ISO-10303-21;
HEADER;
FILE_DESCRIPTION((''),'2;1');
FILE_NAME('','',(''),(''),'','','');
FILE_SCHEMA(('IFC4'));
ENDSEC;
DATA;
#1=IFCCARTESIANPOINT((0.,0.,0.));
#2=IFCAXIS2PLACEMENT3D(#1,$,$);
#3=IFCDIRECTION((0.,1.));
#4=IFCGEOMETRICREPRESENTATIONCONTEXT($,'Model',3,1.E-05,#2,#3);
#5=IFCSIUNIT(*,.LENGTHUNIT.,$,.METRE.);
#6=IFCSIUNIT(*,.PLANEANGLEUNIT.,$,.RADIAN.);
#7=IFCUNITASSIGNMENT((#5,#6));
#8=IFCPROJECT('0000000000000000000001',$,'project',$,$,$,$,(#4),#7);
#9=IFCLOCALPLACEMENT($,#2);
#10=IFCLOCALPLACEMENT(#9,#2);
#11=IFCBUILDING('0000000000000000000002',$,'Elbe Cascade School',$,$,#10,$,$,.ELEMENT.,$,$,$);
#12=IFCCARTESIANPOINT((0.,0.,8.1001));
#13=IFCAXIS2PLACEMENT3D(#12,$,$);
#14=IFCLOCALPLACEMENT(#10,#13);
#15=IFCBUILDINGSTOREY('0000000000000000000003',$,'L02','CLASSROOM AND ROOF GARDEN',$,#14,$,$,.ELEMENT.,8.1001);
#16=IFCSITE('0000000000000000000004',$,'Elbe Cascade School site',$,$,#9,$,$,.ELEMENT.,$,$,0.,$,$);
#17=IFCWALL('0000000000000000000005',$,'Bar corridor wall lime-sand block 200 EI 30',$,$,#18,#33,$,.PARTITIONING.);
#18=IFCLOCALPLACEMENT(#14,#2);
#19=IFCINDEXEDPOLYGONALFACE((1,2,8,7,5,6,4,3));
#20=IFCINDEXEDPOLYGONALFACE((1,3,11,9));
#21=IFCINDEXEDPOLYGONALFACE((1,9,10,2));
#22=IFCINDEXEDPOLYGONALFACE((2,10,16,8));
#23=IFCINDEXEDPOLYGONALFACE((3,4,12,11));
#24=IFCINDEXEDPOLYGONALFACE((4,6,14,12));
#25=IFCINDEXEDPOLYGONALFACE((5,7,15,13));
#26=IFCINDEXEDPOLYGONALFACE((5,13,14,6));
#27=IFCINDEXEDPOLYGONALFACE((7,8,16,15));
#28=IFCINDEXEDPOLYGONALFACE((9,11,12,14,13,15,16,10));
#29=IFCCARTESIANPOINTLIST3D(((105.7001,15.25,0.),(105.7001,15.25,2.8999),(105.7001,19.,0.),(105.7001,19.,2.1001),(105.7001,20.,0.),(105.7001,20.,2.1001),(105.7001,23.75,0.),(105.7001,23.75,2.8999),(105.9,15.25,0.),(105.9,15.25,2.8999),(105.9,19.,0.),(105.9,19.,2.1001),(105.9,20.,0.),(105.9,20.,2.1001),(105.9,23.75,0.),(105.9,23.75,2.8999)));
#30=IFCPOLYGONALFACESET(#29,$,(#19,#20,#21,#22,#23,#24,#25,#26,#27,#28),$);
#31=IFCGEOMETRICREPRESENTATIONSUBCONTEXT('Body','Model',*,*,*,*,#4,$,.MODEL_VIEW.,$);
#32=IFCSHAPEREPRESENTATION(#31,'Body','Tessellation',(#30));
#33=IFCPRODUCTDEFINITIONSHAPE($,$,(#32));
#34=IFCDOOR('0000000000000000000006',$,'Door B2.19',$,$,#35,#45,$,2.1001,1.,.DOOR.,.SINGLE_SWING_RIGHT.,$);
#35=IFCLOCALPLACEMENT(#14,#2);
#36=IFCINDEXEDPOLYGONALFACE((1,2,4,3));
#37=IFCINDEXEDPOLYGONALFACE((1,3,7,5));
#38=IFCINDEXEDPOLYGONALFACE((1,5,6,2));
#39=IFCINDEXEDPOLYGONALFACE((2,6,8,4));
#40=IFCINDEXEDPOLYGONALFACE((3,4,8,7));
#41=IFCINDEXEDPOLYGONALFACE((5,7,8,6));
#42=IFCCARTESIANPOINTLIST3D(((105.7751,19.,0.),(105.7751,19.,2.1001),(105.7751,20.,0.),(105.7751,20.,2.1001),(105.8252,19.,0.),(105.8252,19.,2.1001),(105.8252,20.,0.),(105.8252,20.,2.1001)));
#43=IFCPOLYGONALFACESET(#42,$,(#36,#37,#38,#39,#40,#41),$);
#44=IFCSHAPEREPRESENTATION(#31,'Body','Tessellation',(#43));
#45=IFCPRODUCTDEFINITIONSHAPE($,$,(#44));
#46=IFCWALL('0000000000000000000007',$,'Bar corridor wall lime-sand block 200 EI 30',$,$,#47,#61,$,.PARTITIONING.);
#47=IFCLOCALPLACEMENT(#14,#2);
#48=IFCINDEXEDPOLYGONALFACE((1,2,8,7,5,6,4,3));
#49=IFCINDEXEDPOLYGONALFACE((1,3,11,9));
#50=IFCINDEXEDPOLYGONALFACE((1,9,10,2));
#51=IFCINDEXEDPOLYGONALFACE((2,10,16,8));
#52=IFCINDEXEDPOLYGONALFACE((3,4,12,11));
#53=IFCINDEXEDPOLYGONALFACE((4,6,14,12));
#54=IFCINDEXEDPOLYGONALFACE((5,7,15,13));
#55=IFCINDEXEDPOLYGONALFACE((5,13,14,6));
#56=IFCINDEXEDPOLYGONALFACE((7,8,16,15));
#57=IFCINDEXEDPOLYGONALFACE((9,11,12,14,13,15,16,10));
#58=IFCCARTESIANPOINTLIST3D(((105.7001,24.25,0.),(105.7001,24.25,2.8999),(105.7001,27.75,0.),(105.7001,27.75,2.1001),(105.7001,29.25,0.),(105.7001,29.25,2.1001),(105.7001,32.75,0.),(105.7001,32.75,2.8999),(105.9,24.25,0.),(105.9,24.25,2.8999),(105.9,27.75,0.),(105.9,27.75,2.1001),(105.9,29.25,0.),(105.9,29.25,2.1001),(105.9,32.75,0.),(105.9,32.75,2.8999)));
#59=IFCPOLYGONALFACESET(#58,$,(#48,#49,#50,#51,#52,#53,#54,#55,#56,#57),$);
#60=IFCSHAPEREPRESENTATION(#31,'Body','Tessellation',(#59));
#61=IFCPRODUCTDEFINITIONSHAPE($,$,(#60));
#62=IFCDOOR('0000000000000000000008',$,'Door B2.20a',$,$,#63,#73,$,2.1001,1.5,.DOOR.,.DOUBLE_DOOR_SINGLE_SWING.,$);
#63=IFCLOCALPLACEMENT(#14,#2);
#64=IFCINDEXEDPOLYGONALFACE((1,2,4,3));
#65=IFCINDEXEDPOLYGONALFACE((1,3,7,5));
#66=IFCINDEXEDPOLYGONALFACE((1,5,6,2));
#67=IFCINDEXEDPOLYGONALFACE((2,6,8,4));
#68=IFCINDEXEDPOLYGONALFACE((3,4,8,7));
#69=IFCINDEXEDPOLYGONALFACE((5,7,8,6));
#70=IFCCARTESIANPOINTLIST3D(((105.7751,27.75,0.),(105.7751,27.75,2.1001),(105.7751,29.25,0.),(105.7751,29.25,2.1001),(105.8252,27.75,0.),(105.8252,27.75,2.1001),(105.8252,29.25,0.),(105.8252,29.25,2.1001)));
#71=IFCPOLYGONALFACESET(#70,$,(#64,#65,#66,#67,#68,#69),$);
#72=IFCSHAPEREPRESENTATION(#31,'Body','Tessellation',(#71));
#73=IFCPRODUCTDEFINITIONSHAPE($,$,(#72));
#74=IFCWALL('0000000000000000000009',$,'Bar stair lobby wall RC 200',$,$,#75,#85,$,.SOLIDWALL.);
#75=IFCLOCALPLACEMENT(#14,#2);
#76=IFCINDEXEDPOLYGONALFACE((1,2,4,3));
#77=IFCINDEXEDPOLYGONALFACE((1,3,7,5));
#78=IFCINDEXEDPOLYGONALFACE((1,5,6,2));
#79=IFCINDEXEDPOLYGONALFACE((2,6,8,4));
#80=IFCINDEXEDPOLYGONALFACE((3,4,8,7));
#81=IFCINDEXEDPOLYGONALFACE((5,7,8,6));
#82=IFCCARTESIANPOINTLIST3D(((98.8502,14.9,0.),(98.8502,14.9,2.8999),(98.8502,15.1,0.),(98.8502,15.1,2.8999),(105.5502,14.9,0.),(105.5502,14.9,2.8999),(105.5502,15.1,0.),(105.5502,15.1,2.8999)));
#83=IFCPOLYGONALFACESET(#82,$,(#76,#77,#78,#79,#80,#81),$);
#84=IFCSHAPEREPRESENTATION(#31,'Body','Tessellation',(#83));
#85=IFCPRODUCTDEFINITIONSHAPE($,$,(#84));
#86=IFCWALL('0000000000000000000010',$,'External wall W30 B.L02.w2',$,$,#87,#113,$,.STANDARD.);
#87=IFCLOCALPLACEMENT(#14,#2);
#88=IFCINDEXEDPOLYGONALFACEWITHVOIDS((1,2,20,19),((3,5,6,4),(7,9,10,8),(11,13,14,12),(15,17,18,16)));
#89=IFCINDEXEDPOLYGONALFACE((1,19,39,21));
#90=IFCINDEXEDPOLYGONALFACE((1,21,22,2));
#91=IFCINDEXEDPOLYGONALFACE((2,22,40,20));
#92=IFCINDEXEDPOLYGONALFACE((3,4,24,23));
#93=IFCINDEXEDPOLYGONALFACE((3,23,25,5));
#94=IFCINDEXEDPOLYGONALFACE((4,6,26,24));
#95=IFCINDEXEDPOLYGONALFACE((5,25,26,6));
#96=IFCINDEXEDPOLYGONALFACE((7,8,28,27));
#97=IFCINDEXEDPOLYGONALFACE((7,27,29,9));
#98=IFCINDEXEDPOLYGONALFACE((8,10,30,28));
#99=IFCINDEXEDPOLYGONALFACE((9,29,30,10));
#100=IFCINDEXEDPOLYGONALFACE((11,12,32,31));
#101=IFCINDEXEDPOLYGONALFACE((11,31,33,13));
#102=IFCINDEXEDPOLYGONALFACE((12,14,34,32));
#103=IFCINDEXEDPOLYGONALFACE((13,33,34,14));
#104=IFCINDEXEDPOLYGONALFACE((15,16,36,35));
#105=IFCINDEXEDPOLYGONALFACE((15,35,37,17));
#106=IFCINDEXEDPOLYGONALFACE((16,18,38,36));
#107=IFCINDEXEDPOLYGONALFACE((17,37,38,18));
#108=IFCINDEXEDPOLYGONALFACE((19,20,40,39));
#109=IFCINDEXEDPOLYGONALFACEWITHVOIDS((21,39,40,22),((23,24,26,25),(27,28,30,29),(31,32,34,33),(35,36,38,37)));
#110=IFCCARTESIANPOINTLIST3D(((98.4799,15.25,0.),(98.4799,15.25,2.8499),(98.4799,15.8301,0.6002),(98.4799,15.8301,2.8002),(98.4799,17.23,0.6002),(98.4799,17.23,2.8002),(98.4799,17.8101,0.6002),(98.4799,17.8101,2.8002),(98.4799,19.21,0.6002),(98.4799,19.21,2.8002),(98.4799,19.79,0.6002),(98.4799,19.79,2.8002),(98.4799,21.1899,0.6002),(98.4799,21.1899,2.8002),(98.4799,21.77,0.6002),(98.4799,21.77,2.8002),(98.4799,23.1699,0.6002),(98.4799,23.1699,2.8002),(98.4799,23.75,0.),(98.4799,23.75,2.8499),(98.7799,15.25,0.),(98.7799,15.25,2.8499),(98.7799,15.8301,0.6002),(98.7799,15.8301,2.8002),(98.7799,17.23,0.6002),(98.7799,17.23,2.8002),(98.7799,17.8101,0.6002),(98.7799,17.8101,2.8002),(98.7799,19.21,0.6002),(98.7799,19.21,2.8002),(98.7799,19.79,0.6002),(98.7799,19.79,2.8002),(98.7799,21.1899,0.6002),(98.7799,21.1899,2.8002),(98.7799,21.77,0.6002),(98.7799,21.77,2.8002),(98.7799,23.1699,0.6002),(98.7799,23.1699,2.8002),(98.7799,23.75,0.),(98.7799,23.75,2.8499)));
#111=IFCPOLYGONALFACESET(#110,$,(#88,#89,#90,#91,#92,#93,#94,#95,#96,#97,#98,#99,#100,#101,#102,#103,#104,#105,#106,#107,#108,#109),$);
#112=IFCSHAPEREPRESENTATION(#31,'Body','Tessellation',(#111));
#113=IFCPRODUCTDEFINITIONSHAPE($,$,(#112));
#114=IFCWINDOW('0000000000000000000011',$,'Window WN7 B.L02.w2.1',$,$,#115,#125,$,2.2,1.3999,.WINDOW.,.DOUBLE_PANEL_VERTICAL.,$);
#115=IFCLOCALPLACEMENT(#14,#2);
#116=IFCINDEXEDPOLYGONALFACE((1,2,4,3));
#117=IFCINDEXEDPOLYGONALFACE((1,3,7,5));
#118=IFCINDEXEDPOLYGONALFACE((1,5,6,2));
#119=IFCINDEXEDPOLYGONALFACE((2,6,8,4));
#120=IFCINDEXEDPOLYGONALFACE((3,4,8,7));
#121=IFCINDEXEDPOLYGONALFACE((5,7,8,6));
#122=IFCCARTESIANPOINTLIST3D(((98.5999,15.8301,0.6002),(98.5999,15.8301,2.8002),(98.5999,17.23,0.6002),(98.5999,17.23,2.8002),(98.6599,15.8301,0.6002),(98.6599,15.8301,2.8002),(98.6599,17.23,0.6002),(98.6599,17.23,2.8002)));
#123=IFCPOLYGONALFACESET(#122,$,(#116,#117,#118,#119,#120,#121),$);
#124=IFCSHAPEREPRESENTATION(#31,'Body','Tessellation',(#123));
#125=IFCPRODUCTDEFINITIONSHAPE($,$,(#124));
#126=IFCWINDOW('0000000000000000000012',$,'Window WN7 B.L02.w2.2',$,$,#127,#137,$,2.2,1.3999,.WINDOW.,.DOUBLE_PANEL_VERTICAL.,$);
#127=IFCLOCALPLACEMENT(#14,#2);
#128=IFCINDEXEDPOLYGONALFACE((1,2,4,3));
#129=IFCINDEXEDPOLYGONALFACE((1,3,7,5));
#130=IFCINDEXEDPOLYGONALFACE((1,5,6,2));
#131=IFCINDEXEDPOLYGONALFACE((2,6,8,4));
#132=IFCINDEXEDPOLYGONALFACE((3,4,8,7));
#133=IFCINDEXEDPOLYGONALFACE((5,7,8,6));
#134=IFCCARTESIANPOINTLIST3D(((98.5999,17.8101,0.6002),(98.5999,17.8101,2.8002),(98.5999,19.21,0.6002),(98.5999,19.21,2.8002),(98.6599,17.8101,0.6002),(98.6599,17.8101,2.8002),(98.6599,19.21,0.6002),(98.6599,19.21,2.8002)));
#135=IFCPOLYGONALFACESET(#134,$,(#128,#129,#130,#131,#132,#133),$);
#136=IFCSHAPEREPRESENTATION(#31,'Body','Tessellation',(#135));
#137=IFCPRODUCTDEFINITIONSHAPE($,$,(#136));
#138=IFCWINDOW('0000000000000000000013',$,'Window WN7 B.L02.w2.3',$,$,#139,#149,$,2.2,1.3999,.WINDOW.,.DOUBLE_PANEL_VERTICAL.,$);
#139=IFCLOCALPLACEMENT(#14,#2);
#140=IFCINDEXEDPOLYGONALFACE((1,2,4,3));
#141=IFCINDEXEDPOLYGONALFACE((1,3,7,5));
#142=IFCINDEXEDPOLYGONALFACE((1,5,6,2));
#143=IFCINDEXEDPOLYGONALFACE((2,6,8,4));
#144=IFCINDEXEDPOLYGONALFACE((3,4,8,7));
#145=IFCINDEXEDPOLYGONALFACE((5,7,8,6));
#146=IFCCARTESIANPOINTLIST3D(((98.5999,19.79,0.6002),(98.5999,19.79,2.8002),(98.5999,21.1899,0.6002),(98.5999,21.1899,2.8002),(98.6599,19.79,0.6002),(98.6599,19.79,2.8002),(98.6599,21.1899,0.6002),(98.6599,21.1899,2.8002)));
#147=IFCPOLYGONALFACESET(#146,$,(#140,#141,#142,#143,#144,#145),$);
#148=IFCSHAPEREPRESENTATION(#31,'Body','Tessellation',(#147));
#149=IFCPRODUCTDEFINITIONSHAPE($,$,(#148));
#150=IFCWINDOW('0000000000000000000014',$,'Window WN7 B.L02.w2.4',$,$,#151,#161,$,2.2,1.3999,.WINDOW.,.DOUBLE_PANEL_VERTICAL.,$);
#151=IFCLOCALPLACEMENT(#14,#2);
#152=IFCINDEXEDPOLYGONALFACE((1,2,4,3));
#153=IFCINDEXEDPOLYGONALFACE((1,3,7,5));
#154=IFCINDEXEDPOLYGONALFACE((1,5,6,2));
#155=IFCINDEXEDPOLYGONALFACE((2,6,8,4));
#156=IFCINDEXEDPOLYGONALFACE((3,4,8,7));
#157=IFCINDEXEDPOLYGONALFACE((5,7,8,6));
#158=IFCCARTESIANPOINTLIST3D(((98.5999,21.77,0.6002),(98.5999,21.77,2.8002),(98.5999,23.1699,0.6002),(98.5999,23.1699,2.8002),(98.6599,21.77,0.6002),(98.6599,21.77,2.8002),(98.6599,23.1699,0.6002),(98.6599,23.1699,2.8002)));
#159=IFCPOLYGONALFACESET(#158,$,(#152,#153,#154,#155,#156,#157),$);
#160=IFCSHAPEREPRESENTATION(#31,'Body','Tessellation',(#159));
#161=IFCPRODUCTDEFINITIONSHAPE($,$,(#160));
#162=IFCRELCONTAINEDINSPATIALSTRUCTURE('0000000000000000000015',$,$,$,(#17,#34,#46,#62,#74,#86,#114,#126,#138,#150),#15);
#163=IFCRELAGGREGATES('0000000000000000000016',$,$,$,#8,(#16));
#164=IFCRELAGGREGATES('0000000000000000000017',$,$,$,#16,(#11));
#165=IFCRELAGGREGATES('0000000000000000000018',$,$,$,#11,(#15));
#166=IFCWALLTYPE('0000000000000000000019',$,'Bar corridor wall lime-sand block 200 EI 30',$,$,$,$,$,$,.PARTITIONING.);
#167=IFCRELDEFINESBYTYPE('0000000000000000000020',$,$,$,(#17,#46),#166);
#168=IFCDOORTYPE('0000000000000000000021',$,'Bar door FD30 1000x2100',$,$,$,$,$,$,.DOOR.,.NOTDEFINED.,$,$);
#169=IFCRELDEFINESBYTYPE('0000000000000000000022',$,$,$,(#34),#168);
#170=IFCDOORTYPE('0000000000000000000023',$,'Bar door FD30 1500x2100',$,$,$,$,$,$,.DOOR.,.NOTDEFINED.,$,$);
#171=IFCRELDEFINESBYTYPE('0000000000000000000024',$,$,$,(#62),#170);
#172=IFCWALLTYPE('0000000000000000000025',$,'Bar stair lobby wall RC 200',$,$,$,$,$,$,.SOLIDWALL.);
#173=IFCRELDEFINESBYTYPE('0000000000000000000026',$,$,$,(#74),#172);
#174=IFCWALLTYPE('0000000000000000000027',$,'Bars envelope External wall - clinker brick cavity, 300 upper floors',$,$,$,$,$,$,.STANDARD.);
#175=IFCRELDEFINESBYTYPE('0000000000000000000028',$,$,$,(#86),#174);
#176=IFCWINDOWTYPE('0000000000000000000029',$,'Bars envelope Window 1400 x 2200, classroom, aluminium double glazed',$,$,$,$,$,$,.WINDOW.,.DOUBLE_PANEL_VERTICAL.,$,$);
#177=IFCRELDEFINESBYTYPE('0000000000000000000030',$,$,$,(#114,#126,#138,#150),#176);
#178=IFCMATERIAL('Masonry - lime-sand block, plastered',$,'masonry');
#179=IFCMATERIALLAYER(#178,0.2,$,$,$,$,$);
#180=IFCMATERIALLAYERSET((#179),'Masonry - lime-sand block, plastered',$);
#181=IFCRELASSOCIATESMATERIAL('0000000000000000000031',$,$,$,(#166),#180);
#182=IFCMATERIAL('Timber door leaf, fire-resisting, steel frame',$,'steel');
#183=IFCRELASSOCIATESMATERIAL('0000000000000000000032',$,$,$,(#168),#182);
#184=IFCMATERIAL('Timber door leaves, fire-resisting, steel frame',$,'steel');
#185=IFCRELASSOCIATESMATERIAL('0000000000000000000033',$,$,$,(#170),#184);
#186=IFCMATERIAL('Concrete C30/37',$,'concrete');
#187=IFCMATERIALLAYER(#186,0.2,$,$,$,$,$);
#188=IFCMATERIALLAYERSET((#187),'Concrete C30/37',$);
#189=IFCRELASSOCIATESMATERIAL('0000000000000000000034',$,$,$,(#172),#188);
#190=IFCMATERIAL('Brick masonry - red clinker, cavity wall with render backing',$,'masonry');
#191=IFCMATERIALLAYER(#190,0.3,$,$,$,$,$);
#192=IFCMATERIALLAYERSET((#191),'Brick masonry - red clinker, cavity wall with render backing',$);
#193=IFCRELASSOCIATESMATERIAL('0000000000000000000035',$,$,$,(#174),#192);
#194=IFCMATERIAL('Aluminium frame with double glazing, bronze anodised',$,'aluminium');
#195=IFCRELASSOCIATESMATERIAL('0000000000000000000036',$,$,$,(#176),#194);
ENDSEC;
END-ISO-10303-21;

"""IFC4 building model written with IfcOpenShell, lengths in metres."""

from ifc_helpers import new_model, si_unit, direction, frame, frame_2d, origin, place, context, subcontext, project, spatial, rectangle, extrude, material, layer, layer_set, type_object, element, fill, save


model = new_model("IFC4")

# Units and contexts
model_context = context("Model", 3, precision=1e-05, world=origin(), true_north=direction((0.0, 1.0)))
body_context = subcontext(model_context, "Body", "Model", "MODEL_VIEW")
ifc_project = project(units=[si_unit("LENGTHUNIT", "METRE"), si_unit("PLANEANGLEUNIT", "RADIAN")], contexts=[model_context])

# Site, building, storey
site_placement = place(None, origin())
site = spatial("IfcSite", under=ifc_project, at=site_placement, Name="Elbe Cascade School site", CompositionType="ELEMENT", RefElevation=0.0)
building_placement = place(site_placement, origin())
building = spatial("IfcBuilding", under=site, at=building_placement, Name="Elbe Cascade School", CompositionType="ELEMENT")
storey_placement = place(building_placement, frame((0.0, 0.0, 8.1001)))
storey = spatial("IfcBuildingStorey", under=building, at=storey_placement, Name="L02", Description="CLASSROOM AND ROOF GARDEN", CompositionType="ELEMENT", Elevation=8.1001)

# Walls, openings, doors
ifc_material_1 = material(Name="Masonry - lime-sand block, plastered", Category="masonry")
ifc_layer_1 = layer(ifc_material_1, 0.2)
ifc_layer_set_1 = layer_set([ifc_layer_1], Name="Masonry - lime-sand block, plastered")
wall_type_1 = type_object("IfcWallType", Name="Bar corridor wall lime-sand block 200 EI 30", PredefinedType="PARTITIONING", material=ifc_layer_set_1)
wall_1_placement = place(storey_placement, frame((105.8, 15.25, 0.0), z_axis=(0.0, 0.0, 1.0), x_axis=(0.0, 1.0, 0.0)))
wall_1 = element("IfcWall", 1, at=wall_1_placement, inside=storey, type_object=wall_type_1, Name="Bar corridor wall lime-sand block 200 EI 30", PredefinedType="PARTITIONING", context=body_context, shape_type="SweptSolid", body=[
    extrude(rectangle(XDim=8.5, YDim=0.2, at=frame_2d((4.25, 0.0))), origin(), (0.0, 0.0, 1.0), 2.8999),
])
opening_1_placement = place(wall_1_placement, frame((3.75, 0.0, 0.0)))
opening_1 = element("IfcOpeningElement", 2, at=opening_1_placement, cuts=wall_1, PredefinedType="OPENING", context=body_context, shape_type="SweptSolid", body=[
    extrude(rectangle(XDim=1.0, YDim=2.1001, at=frame_2d((0.5, 1.05))), frame((0.0, 0.1099, 0.0), z_axis=(0.0, -1.0, 0.0), x_axis=(1.0, 0.0, 0.0)), (0.0, 0.0, 1.0), 0.22),
])
ifc_material_2 = material(Name="Timber door leaf, fire-resisting, steel frame", Category="steel")
door_type_1 = type_object("IfcDoorType", Name="Bar door FD30 1000x2100", OperationType="NOTDEFINED", PredefinedType="DOOR", material=ifc_material_2)
door_1_placement = place(opening_1_placement, origin())
door_1 = element("IfcDoor", 3, at=door_1_placement, inside=storey, type_object=door_type_1, Name="Door B2.19", OperationType="SINGLE_SWING_RIGHT", OverallHeight=2.1001, OverallWidth=1.0, PredefinedType="DOOR", context=body_context, shape_type="SweptSolid", body=[
    extrude(rectangle(XDim=1.0, YDim=2.1001, at=frame_2d((0.5, 1.05))), frame((0.0, 0.0249, 0.0), z_axis=(0.0, -1.0, 0.0), x_axis=(1.0, 0.0, 0.0)), (0.0, 0.0, 1.0), 0.05),
])
fill(opening_1, door_1)
wall_2_placement = place(storey_placement, frame((105.8, 24.25, 0.0), z_axis=(0.0, 0.0, 1.0), x_axis=(0.0, 1.0, 0.0)))
wall_2 = element("IfcWall", 4, at=wall_2_placement, inside=storey, type_object=wall_type_1, Name="Bar corridor wall lime-sand block 200 EI 30", PredefinedType="PARTITIONING", context=body_context, shape_type="SweptSolid", body=[
    extrude(rectangle(XDim=8.5, YDim=0.2, at=frame_2d((4.25, 0.0))), origin(), (0.0, 0.0, 1.0), 2.8999),
])
opening_2_placement = place(wall_2_placement, frame((3.5, 0.0, 0.0)))
opening_2 = element("IfcOpeningElement", 5, at=opening_2_placement, cuts=wall_2, PredefinedType="OPENING", context=body_context, shape_type="SweptSolid", body=[
    extrude(rectangle(XDim=1.5, YDim=2.1001, at=frame_2d((0.75, 1.05))), frame((0.0, 0.1099, 0.0), z_axis=(0.0, -1.0, 0.0), x_axis=(1.0, 0.0, 0.0)), (0.0, 0.0, 1.0), 0.22),
])
ifc_material_3 = material(Name="Timber door leaves, fire-resisting, steel frame", Category="steel")
door_type_2 = type_object("IfcDoorType", Name="Bar door FD30 1500x2100", OperationType="NOTDEFINED", PredefinedType="DOOR", material=ifc_material_3)
door_2_placement = place(opening_2_placement, origin())
door_2 = element("IfcDoor", 6, at=door_2_placement, inside=storey, type_object=door_type_2, Name="Door B2.20a", OperationType="DOUBLE_DOOR_SINGLE_SWING", OverallHeight=2.1001, OverallWidth=1.5, PredefinedType="DOOR", context=body_context, shape_type="SweptSolid", body=[
    extrude(rectangle(XDim=1.5, YDim=2.1001, at=frame_2d((0.75, 1.05))), frame((0.0, 0.0249, 0.0), z_axis=(0.0, -1.0, 0.0), x_axis=(1.0, 0.0, 0.0)), (0.0, 0.0, 1.0), 0.05),
])
fill(opening_2, door_2)

# Wall
ifc_material_4 = material(Name="Concrete C30/37", Category="concrete")
ifc_layer_2 = layer(ifc_material_4, 0.2)
ifc_layer_set_2 = layer_set([ifc_layer_2], Name="Concrete C30/37")
wall_type_2 = type_object("IfcWallType", Name="Bar stair lobby wall RC 200", PredefinedType="SOLIDWALL", material=ifc_layer_set_2)
wall_3_placement = place(storey_placement, frame((98.8501, 15.0, 0.0), z_axis=(0.0, 0.0, 1.0), x_axis=(1.0, 0.0, 0.0)))
element("IfcWall", 7, at=wall_3_placement, inside=storey, type_object=wall_type_2, Name="Bar stair lobby wall RC 200", PredefinedType="SOLIDWALL", context=body_context, shape_type="SweptSolid", body=[
    extrude(rectangle(XDim=6.7, YDim=0.2, at=frame_2d((3.3501, 0.0))), origin(), (0.0, 0.0, 1.0), 2.8999),
])

# Wall, openings, windows
ifc_material_5 = material(Name="Brick masonry - red clinker, cavity wall with render backing", Category="masonry")
ifc_layer_3 = layer(ifc_material_5, 0.3)
ifc_layer_set_3 = layer_set([ifc_layer_3], Name="Brick masonry - red clinker, cavity wall with render backing")
wall_type_3 = type_object("IfcWallType", Name="Bars envelope External wall - clinker brick cavity, 300 upper floors", PredefinedType="STANDARD", material=ifc_layer_set_3)
wall_4_placement = place(storey_placement, frame((98.6299, 15.25, 0.0), z_axis=(0.0, 0.0, 1.0), x_axis=(0.0, 1.0, 0.0)))
wall_4 = element("IfcWall", 8, at=wall_4_placement, inside=storey, type_object=wall_type_3, Name="External wall W30 B.L02.w2", PredefinedType="STANDARD", context=body_context, shape_type="SweptSolid", body=[
    extrude(rectangle(XDim=8.5, YDim=0.3, at=frame_2d((4.25, 0.0))), origin(), (0.0, 0.0, 1.0), 2.8499),
])
opening_3_placement = place(wall_4_placement, frame((0.5801, 0.0, 0.6001)))
opening_3 = element("IfcOpeningElement", 9, at=opening_3_placement, cuts=wall_4, PredefinedType="OPENING", context=body_context, shape_type="SweptSolid", body=[
    extrude(rectangle(XDim=1.3999, YDim=2.2, at=frame_2d((0.7, 1.1001))), frame((0.0, 0.1599, 0.0), z_axis=(0.0, -1.0, 0.0), x_axis=(1.0, 0.0, 0.0)), (0.0, 0.0, 1.0), 0.3201),
])
opening_4_placement = place(wall_4_placement, frame((2.5601, 0.0, 0.6001)))
opening_4 = element("IfcOpeningElement", 10, at=opening_4_placement, cuts=wall_4, PredefinedType="OPENING", context=body_context, shape_type="SweptSolid", body=[
    extrude(rectangle(XDim=1.3999, YDim=2.2, at=frame_2d((0.7, 1.1001))), frame((0.0, 0.1599, 0.0), z_axis=(0.0, -1.0, 0.0), x_axis=(1.0, 0.0, 0.0)), (0.0, 0.0, 1.0), 0.3201),
])
opening_5_placement = place(wall_4_placement, frame((4.54, 0.0, 0.6001)))
opening_5 = element("IfcOpeningElement", 11, at=opening_5_placement, cuts=wall_4, PredefinedType="OPENING", context=body_context, shape_type="SweptSolid", body=[
    extrude(rectangle(XDim=1.3999, YDim=2.2, at=frame_2d((0.7, 1.1001))), frame((0.0, 0.1599, 0.0), z_axis=(0.0, -1.0, 0.0), x_axis=(1.0, 0.0, 0.0)), (0.0, 0.0, 1.0), 0.3201),
])
opening_6_placement = place(wall_4_placement, frame((6.52, 0.0, 0.6001)))
opening_6 = element("IfcOpeningElement", 12, at=opening_6_placement, cuts=wall_4, PredefinedType="OPENING", context=body_context, shape_type="SweptSolid", body=[
    extrude(rectangle(XDim=1.3999, YDim=2.2, at=frame_2d((0.7, 1.1001))), frame((0.0, 0.1599, 0.0), z_axis=(0.0, -1.0, 0.0), x_axis=(1.0, 0.0, 0.0)), (0.0, 0.0, 1.0), 0.3201),
])
ifc_material_6 = material(Name="Aluminium frame with double glazing, bronze anodised", Category="aluminium")
window_type_1 = type_object("IfcWindowType", Name="Bars envelope Window 1400 x 2200, classroom, aluminium double glazed", PartitioningType="DOUBLE_PANEL_VERTICAL", PredefinedType="WINDOW", material=ifc_material_6)
window_1_placement = place(opening_3_placement, origin())
window_1 = element("IfcWindow", 13, at=window_1_placement, inside=storey, type_object=window_type_1, Name="Window WN7 B.L02.w2.1", OverallHeight=2.2, OverallWidth=1.3999, PartitioningType="DOUBLE_PANEL_VERTICAL", PredefinedType="WINDOW", context=body_context, shape_type="SweptSolid", body=[
    extrude(rectangle(XDim=1.3999, YDim=2.2, at=frame_2d((0.7, 1.1001))), frame((0.0, 0.03, 0.0), z_axis=(0.0, -1.0, 0.0), x_axis=(1.0, 0.0, 0.0)), (0.0, 0.0, 1.0), 0.0601),
])
fill(opening_3, window_1)
window_2_placement = place(opening_4_placement, origin())
window_2 = element("IfcWindow", 14, at=window_2_placement, inside=storey, type_object=window_type_1, Name="Window WN7 B.L02.w2.2", OverallHeight=2.2, OverallWidth=1.3999, PartitioningType="DOUBLE_PANEL_VERTICAL", PredefinedType="WINDOW", context=body_context, shape_type="SweptSolid", body=[
    extrude(rectangle(XDim=1.3999, YDim=2.2, at=frame_2d((0.7, 1.1001))), frame((0.0, 0.03, 0.0), z_axis=(0.0, -1.0, 0.0), x_axis=(1.0, 0.0, 0.0)), (0.0, 0.0, 1.0), 0.0601),
])
fill(opening_4, window_2)
window_3_placement = place(opening_5_placement, origin())
window_3 = element("IfcWindow", 15, at=window_3_placement, inside=storey, type_object=window_type_1, Name="Window WN7 B.L02.w2.3", OverallHeight=2.2, OverallWidth=1.3999, PartitioningType="DOUBLE_PANEL_VERTICAL", PredefinedType="WINDOW", context=body_context, shape_type="SweptSolid", body=[
    extrude(rectangle(XDim=1.3999, YDim=2.2, at=frame_2d((0.7, 1.1001))), frame((0.0, 0.03, 0.0), z_axis=(0.0, -1.0, 0.0), x_axis=(1.0, 0.0, 0.0)), (0.0, 0.0, 1.0), 0.0601),
])
fill(opening_5, window_3)
window_4_placement = place(opening_6_placement, origin())
window_4 = element("IfcWindow", 16, at=window_4_placement, inside=storey, type_object=window_type_1, Name="Window WN7 B.L02.w2.4", OverallHeight=2.2, OverallWidth=1.3999, PartitioningType="DOUBLE_PANEL_VERTICAL", PredefinedType="WINDOW", context=body_context, shape_type="SweptSolid", body=[
    extrude(rectangle(XDim=1.3999, YDim=2.2, at=frame_2d((0.7, 1.1001))), frame((0.0, 0.03, 0.0), z_axis=(0.0, -1.0, 0.0), x_axis=(1.0, 0.0, 0.0)), (0.0, 0.0, 1.0), 0.0601),
])
fill(opening_6, window_4)

save(model, "model.ifc")
